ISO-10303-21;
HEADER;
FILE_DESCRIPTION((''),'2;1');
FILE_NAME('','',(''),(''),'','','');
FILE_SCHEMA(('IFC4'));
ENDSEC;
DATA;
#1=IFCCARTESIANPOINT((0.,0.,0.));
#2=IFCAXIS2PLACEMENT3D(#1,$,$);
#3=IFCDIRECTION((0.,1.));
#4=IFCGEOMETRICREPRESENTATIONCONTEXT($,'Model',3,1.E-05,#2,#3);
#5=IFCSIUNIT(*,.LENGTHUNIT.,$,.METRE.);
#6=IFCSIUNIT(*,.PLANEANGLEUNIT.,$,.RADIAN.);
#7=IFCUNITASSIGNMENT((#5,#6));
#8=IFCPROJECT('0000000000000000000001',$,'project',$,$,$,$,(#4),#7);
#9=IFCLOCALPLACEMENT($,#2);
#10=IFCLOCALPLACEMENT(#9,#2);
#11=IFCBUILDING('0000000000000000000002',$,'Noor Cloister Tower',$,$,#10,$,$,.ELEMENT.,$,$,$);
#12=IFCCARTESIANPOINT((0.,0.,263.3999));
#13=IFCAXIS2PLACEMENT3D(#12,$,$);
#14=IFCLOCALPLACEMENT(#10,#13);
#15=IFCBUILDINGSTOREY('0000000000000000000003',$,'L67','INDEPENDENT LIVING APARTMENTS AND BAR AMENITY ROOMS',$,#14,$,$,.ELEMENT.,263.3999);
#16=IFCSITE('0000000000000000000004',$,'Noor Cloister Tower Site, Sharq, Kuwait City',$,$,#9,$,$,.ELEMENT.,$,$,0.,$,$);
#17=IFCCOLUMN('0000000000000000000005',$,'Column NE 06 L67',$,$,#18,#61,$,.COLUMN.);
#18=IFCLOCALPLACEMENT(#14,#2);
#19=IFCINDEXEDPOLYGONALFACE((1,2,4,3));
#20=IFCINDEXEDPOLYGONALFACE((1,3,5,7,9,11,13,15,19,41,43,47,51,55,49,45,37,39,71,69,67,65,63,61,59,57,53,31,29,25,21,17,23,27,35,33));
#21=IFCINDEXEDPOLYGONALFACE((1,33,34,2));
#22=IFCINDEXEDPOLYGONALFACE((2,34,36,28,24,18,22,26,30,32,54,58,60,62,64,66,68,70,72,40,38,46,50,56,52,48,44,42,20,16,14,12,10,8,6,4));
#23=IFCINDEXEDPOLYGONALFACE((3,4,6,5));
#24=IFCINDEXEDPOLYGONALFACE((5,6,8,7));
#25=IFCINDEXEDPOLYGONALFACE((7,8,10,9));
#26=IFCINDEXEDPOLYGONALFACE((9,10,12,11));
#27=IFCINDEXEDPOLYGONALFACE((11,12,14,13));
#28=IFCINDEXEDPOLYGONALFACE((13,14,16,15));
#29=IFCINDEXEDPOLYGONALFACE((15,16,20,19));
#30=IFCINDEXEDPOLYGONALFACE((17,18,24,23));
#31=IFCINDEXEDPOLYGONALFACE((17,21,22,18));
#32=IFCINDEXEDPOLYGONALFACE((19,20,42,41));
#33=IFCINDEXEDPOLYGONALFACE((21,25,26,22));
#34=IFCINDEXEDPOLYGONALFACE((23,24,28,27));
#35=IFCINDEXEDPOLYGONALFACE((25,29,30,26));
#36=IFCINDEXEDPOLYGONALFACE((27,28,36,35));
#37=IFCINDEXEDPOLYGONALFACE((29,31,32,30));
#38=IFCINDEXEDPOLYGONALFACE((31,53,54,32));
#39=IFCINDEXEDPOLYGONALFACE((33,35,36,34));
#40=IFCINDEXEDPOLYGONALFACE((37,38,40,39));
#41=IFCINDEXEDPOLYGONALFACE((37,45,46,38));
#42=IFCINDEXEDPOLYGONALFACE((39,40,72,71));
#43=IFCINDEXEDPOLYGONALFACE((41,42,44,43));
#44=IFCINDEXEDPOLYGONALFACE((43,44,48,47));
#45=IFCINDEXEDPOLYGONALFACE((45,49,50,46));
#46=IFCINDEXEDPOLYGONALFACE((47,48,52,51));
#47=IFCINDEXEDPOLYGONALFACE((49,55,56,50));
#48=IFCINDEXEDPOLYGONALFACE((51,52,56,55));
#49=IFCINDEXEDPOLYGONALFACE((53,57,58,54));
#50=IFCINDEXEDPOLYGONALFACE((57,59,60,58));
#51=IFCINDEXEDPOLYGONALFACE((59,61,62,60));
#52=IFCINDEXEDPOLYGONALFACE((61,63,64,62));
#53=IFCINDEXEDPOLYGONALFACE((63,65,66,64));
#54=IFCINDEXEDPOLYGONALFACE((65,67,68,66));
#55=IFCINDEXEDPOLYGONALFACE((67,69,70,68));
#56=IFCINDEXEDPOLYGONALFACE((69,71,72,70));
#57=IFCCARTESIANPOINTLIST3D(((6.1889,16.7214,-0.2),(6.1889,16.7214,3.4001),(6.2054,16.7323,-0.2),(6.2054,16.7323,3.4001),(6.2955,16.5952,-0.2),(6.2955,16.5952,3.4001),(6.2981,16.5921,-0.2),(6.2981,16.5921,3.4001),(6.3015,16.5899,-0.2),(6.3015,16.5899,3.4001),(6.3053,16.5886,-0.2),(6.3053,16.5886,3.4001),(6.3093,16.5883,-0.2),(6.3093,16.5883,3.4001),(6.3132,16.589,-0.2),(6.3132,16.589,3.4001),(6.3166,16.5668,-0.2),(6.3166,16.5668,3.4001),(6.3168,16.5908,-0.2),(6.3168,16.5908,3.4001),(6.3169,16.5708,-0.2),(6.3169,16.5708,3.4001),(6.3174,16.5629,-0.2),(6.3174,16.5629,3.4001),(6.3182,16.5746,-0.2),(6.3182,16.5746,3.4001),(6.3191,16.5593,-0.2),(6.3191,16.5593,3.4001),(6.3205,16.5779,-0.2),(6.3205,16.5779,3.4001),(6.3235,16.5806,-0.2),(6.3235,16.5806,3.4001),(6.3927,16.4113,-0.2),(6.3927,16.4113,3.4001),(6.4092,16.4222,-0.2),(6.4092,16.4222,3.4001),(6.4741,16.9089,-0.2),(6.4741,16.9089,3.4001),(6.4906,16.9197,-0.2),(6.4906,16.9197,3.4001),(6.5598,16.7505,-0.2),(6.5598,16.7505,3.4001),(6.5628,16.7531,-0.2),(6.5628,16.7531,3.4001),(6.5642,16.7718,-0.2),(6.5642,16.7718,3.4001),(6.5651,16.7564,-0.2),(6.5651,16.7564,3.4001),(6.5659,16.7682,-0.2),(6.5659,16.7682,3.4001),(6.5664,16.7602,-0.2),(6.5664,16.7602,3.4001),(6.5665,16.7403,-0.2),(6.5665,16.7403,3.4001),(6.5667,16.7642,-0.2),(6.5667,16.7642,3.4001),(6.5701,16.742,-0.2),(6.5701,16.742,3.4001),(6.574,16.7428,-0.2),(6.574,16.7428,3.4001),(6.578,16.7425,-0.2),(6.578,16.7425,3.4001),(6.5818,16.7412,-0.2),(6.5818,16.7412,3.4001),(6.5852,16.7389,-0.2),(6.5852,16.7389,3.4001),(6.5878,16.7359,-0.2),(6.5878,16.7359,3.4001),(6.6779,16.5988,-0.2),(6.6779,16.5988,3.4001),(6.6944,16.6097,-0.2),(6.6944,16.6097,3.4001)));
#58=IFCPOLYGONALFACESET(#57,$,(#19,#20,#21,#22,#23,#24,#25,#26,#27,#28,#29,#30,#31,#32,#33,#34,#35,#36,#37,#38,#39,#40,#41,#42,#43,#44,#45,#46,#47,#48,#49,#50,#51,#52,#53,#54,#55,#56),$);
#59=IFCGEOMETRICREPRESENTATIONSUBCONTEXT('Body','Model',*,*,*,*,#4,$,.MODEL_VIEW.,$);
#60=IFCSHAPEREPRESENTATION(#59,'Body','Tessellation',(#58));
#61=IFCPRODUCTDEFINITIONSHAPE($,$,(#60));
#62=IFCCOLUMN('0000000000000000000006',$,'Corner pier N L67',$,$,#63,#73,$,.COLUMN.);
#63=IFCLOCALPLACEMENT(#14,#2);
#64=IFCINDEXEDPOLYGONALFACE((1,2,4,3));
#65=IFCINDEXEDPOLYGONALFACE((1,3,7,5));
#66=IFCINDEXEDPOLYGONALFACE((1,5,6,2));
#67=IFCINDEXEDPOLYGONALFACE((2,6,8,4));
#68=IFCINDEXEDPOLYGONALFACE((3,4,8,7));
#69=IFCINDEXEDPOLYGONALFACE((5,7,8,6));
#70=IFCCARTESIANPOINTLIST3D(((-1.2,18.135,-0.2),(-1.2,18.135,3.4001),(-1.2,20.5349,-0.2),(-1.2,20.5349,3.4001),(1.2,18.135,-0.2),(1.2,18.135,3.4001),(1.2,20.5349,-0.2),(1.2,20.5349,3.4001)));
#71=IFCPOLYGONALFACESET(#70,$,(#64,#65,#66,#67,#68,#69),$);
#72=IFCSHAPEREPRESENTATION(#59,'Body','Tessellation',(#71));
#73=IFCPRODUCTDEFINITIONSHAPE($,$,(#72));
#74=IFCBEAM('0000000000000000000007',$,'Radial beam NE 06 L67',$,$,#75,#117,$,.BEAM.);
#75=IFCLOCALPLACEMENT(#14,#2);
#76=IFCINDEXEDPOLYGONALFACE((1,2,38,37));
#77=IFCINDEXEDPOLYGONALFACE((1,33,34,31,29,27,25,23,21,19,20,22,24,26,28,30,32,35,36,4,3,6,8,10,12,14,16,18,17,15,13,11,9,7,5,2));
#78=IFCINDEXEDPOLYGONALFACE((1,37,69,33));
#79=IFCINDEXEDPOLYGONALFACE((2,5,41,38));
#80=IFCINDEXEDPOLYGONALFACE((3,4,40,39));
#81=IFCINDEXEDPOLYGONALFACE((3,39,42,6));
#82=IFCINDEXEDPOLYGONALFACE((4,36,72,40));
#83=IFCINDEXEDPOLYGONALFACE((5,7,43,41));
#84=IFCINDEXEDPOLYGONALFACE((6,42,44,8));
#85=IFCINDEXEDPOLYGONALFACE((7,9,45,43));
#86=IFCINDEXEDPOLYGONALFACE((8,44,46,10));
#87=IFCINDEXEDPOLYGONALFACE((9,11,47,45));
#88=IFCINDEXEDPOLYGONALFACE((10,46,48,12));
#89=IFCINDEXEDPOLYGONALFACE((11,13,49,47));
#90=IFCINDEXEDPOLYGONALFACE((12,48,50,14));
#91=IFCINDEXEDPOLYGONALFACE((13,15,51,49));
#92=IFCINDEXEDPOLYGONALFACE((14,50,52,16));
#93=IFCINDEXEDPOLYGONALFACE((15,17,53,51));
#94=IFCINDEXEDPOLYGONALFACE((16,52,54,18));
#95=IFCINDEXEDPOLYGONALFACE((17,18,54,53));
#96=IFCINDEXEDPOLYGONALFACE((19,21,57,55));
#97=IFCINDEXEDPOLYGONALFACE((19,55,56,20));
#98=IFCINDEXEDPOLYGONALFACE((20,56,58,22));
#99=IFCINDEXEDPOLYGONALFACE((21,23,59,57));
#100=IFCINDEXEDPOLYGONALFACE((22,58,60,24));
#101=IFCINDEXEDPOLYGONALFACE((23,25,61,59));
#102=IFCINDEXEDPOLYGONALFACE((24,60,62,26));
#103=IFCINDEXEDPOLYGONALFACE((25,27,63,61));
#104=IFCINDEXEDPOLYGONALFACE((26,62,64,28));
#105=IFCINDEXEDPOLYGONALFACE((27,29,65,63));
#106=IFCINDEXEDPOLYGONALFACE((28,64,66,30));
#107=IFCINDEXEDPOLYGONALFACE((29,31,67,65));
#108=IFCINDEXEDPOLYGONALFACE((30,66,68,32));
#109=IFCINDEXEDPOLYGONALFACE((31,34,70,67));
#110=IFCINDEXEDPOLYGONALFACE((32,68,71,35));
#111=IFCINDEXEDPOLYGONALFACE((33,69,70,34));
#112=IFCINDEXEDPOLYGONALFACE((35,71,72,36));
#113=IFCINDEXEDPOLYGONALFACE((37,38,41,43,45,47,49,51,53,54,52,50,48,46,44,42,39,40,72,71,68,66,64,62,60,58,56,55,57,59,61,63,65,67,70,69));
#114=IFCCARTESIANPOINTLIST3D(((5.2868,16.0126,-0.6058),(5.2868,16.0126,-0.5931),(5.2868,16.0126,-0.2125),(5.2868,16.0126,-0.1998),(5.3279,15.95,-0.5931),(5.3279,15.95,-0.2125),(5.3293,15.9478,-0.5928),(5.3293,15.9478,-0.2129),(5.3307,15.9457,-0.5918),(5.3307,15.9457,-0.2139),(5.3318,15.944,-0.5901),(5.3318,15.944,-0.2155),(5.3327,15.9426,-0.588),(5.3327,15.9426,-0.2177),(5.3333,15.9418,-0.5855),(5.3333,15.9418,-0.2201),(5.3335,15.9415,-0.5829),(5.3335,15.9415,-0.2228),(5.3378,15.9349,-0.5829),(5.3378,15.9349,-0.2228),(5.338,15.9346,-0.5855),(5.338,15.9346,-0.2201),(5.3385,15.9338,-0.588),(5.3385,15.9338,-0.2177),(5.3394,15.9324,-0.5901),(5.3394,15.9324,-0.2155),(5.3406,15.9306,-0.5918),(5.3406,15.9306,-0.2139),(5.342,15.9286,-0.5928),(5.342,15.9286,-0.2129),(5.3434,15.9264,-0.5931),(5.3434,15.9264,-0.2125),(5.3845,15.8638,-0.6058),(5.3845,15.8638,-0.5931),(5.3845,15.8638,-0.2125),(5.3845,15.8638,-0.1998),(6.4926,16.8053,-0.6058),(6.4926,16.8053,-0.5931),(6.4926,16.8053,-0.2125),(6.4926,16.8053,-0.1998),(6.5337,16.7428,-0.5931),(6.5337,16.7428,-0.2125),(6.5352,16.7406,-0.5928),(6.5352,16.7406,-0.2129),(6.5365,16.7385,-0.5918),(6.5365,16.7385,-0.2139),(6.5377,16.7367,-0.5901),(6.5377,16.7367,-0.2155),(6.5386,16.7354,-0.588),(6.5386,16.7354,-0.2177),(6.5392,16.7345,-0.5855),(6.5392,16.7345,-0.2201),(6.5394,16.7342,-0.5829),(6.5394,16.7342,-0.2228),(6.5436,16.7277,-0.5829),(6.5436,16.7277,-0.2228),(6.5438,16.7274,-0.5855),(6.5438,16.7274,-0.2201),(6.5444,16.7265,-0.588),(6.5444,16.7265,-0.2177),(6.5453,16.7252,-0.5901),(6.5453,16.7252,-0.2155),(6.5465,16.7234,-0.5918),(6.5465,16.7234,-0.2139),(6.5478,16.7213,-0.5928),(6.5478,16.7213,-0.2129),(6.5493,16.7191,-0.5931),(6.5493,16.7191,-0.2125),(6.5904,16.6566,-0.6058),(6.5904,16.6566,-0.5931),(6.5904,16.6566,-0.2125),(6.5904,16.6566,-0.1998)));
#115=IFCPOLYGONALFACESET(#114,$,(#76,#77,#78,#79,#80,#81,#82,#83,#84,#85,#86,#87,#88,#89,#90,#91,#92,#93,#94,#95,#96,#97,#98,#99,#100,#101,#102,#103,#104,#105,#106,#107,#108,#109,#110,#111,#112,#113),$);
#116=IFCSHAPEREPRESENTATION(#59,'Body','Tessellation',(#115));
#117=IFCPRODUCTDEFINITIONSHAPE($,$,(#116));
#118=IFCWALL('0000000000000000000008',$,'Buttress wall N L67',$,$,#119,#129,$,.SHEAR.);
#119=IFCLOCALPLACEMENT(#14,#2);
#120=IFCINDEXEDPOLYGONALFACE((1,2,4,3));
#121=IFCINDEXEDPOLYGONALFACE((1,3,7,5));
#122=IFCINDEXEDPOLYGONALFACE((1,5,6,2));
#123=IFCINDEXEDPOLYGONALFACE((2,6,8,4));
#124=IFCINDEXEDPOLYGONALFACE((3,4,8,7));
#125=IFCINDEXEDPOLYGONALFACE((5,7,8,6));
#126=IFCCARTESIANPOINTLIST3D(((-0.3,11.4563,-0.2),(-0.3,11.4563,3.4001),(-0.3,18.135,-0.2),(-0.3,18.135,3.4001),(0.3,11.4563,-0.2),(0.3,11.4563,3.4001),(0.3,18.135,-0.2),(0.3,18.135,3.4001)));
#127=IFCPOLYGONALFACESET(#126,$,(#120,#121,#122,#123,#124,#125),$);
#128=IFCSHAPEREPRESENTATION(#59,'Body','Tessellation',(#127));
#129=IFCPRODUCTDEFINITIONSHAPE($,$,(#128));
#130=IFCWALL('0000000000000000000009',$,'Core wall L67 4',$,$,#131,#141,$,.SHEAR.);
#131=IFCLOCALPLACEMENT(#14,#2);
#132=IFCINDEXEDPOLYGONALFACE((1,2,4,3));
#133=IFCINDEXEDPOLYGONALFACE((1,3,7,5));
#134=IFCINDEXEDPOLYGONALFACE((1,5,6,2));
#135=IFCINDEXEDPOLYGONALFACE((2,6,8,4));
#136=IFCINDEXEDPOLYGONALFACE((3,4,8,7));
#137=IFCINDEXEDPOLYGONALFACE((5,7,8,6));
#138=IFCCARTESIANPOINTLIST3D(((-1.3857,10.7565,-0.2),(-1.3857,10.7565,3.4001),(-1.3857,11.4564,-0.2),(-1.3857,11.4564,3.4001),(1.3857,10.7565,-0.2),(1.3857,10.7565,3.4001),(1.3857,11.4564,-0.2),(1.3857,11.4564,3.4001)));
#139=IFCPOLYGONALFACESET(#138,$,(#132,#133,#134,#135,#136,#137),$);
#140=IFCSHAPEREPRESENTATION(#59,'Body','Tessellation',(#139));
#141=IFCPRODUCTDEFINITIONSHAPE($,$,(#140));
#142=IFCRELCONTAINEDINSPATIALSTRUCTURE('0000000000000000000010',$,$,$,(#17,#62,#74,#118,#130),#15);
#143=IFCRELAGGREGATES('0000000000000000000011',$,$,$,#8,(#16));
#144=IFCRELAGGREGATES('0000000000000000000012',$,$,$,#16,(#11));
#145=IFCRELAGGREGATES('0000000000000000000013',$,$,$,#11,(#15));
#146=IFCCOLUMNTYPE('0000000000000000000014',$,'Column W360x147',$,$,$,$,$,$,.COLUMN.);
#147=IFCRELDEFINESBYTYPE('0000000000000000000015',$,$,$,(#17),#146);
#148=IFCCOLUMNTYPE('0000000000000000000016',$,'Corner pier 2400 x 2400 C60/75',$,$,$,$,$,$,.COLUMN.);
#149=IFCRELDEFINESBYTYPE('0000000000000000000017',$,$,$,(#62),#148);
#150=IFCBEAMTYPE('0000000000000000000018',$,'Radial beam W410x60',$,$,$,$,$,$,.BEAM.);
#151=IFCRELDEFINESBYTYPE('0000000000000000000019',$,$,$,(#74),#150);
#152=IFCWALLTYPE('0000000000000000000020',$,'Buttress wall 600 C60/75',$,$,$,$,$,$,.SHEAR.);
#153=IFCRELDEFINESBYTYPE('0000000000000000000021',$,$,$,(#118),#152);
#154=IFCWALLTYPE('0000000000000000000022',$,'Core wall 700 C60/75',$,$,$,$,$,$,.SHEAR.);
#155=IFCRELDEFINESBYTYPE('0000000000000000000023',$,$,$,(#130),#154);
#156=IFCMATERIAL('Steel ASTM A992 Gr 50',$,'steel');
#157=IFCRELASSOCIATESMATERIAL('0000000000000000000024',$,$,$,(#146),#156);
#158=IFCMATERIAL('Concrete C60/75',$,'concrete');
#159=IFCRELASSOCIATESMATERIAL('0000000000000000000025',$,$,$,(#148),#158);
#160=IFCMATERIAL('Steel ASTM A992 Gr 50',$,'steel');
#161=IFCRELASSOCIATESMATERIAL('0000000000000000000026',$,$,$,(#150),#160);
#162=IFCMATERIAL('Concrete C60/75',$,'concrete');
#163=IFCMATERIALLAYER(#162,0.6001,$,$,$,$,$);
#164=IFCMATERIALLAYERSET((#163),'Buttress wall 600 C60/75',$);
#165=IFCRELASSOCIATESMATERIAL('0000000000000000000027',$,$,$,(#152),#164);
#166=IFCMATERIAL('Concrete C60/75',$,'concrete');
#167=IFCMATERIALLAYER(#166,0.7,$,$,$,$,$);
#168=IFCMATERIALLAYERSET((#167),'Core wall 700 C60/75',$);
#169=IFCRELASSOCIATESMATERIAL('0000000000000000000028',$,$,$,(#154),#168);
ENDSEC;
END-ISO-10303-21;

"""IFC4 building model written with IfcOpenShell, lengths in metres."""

from ifc_helpers import new_model, si_unit, direction, frame, frame_2d, origin, origin_2d, place, context, subcontext, project, spatial, rectangle, i_section, extrude, material, layer, layer_set, material_profile, profile_set, type_object, element, save


model = new_model("IFC4")

# Units and contexts
model_context = context("Model", 3, precision=1e-05, world=origin(), true_north=direction((0.0, 1.0)))
body_context = subcontext(model_context, "Body", "Model", "MODEL_VIEW")
ifc_project = project(units=[si_unit("LENGTHUNIT", "METRE"), si_unit("PLANEANGLEUNIT", "RADIAN")], contexts=[model_context])

# Site, building, storey
site_placement = place(None, origin())
site = spatial("IfcSite", under=ifc_project, at=site_placement, Name="Noor Cloister Tower Site, Sharq, Kuwait City", CompositionType="ELEMENT", RefElevation=0.0)
building_placement = place(site_placement, origin())
building = spatial("IfcBuilding", under=site, at=building_placement, Name="Noor Cloister Tower", CompositionType="ELEMENT")
storey_placement = place(building_placement, frame((0.0, 0.0, 263.3999)))
storey = spatial("IfcBuildingStorey", under=building, at=storey_placement, Name="L67", Description="INDEPENDENT LIVING APARTMENTS AND BAR AMENITY ROOMS", CompositionType="ELEMENT", Elevation=263.3999)

# Columns
ifc_material_1 = material(Name="Steel ASTM A992 Gr 50", Category="steel")
ifc_material_profile_1 = material_profile(ifc_material_1, i_section(OverallWidth=0.3711, OverallDepth=0.3611, WebThickness=0.0122, FlangeThickness=0.0198, FilletRadius=0.0154, at=origin_2d()), Name="W360x147")
ifc_profile_set_1 = profile_set([ifc_material_profile_1], Name="Steel ASTM A992 Gr 50")
column_type_1 = type_object("IfcColumnType", Name="Column W360x147", PredefinedType="COLUMN", material=ifc_profile_set_1)
column_1_placement = place(storey_placement, frame((6.4417, 16.6655, -0.2), z_axis=(0.0, 0.0, 1.0), x_axis=(-0.549345, 0.835596, 0.0)))
element("IfcColumn", 1, at=column_1_placement, inside=storey, type_object=column_type_1, Name="Column NE 06 L67", PredefinedType="COLUMN", context=body_context, shape_type="SweptSolid", body=[
    extrude(i_section(OverallWidth=0.3711, OverallDepth=0.3611, WebThickness=0.0122, FlangeThickness=0.0198, FilletRadius=0.0154, at=origin_2d()), origin(), (0.0, 0.0, 1.0), 3.6001),
])
ifc_material_2 = material(Name="Concrete C60/75", Category="concrete")
ifc_material_profile_2 = material_profile(ifc_material_2, rectangle(XDim=2.3999, YDim=2.3999, at=origin_2d()), Name="RC 2400x2400")
ifc_profile_set_2 = profile_set([ifc_material_profile_2], Name="Concrete C60/75")
column_type_2 = type_object("IfcColumnType", Name="Corner pier 2400 x 2400 C60/75", PredefinedType="COLUMN", material=ifc_profile_set_2)
column_2_placement = place(storey_placement, frame((0.0, 19.335, -0.2), z_axis=(0.0, 0.0, 1.0), x_axis=(0.0, 1.0, 0.0)))
element("IfcColumn", 2, at=column_2_placement, inside=storey, type_object=column_type_2, Name="Corner pier N L67", PredefinedType="COLUMN", context=body_context, shape_type="SweptSolid", body=[
    extrude(rectangle(XDim=2.3999, YDim=2.3999, at=origin_2d()), origin(), (0.0, 0.0, 1.0), 3.6001),
])

# Beam
ifc_material_3 = material(Name="Steel ASTM A992 Gr 50", Category="steel")
ifc_material_profile_3 = material_profile(ifc_material_3, i_section(OverallWidth=0.178, OverallDepth=0.406, WebThickness=0.0078, FlangeThickness=0.0127, FilletRadius=0.0103, at=origin_2d()), Name="W410x60")
ifc_profile_set_3 = profile_set([ifc_material_profile_3], Name="Steel ASTM A992 Gr 50")
beam_type = type_object("IfcBeamType", Name="Radial beam W410x60", PredefinedType="BEAM", material=ifc_profile_set_3)
beam_placement = place(storey_placement, frame((6.5415, 16.731, -0.4028), z_axis=(-0.835599, -0.54934, 0.0), x_axis=(0.54934, -0.835599, 0.0)))
element("IfcBeam", 3, at=beam_placement, inside=storey, type_object=beam_type, Name="Radial beam NE 06 L67", PredefinedType="BEAM", context=body_context, shape_type="SweptSolid", body=[
    extrude(i_section(OverallWidth=0.178, OverallDepth=0.406, WebThickness=0.0078, FlangeThickness=0.0127, FilletRadius=0.0103, at=origin_2d()), origin(), (0.0, 0.0, 1.0), 1.4431),
])

# Walls
ifc_material_4 = material(Name="Concrete C60/75", Category="concrete")
ifc_layer_1 = layer(ifc_material_4, 0.6001)
ifc_layer_set_1 = layer_set([ifc_layer_1], Name="Buttress wall 600 C60/75")
wall_type_1 = type_object("IfcWallType", Name="Buttress wall 600 C60/75", PredefinedType="SHEAR", material=ifc_layer_set_1)
wall_1_placement = place(storey_placement, frame((0.0, 11.4563, -0.2), z_axis=(0.0, 0.0, 1.0), x_axis=(0.0, 1.0, 0.0)))
element("IfcWall", 4, at=wall_1_placement, inside=storey, type_object=wall_type_1, Name="Buttress wall N L67", PredefinedType="SHEAR", context=body_context, shape_type="SweptSolid", body=[
    extrude(rectangle(XDim=6.6787, YDim=0.6001, at=frame_2d((3.3394, 0.0))), origin(), (0.0, 0.0, 1.0), 3.6001),
])
ifc_material_5 = material(Name="Concrete C60/75", Category="concrete")
ifc_layer_2 = layer(ifc_material_5, 0.7)
ifc_layer_set_2 = layer_set([ifc_layer_2], Name="Core wall 700 C60/75")
wall_type_2 = type_object("IfcWallType", Name="Core wall 700 C60/75", PredefinedType="SHEAR", material=ifc_layer_set_2)
wall_2_placement = place(storey_placement, frame((1.3857, 11.1064, -0.2), z_axis=(0.0, 0.0, 1.0), x_axis=(-1.0, 0.0, 0.0)))
element("IfcWall", 5, at=wall_2_placement, inside=storey, type_object=wall_type_2, Name="Core wall L67 4", PredefinedType="SHEAR", context=body_context, shape_type="SweptSolid", body=[
    extrude(rectangle(XDim=2.7715, YDim=0.7, at=frame_2d((1.3857, 0.0))), origin(), (0.0, 0.0, 1.0), 3.6001),
])

save(model, "model.ifc")
